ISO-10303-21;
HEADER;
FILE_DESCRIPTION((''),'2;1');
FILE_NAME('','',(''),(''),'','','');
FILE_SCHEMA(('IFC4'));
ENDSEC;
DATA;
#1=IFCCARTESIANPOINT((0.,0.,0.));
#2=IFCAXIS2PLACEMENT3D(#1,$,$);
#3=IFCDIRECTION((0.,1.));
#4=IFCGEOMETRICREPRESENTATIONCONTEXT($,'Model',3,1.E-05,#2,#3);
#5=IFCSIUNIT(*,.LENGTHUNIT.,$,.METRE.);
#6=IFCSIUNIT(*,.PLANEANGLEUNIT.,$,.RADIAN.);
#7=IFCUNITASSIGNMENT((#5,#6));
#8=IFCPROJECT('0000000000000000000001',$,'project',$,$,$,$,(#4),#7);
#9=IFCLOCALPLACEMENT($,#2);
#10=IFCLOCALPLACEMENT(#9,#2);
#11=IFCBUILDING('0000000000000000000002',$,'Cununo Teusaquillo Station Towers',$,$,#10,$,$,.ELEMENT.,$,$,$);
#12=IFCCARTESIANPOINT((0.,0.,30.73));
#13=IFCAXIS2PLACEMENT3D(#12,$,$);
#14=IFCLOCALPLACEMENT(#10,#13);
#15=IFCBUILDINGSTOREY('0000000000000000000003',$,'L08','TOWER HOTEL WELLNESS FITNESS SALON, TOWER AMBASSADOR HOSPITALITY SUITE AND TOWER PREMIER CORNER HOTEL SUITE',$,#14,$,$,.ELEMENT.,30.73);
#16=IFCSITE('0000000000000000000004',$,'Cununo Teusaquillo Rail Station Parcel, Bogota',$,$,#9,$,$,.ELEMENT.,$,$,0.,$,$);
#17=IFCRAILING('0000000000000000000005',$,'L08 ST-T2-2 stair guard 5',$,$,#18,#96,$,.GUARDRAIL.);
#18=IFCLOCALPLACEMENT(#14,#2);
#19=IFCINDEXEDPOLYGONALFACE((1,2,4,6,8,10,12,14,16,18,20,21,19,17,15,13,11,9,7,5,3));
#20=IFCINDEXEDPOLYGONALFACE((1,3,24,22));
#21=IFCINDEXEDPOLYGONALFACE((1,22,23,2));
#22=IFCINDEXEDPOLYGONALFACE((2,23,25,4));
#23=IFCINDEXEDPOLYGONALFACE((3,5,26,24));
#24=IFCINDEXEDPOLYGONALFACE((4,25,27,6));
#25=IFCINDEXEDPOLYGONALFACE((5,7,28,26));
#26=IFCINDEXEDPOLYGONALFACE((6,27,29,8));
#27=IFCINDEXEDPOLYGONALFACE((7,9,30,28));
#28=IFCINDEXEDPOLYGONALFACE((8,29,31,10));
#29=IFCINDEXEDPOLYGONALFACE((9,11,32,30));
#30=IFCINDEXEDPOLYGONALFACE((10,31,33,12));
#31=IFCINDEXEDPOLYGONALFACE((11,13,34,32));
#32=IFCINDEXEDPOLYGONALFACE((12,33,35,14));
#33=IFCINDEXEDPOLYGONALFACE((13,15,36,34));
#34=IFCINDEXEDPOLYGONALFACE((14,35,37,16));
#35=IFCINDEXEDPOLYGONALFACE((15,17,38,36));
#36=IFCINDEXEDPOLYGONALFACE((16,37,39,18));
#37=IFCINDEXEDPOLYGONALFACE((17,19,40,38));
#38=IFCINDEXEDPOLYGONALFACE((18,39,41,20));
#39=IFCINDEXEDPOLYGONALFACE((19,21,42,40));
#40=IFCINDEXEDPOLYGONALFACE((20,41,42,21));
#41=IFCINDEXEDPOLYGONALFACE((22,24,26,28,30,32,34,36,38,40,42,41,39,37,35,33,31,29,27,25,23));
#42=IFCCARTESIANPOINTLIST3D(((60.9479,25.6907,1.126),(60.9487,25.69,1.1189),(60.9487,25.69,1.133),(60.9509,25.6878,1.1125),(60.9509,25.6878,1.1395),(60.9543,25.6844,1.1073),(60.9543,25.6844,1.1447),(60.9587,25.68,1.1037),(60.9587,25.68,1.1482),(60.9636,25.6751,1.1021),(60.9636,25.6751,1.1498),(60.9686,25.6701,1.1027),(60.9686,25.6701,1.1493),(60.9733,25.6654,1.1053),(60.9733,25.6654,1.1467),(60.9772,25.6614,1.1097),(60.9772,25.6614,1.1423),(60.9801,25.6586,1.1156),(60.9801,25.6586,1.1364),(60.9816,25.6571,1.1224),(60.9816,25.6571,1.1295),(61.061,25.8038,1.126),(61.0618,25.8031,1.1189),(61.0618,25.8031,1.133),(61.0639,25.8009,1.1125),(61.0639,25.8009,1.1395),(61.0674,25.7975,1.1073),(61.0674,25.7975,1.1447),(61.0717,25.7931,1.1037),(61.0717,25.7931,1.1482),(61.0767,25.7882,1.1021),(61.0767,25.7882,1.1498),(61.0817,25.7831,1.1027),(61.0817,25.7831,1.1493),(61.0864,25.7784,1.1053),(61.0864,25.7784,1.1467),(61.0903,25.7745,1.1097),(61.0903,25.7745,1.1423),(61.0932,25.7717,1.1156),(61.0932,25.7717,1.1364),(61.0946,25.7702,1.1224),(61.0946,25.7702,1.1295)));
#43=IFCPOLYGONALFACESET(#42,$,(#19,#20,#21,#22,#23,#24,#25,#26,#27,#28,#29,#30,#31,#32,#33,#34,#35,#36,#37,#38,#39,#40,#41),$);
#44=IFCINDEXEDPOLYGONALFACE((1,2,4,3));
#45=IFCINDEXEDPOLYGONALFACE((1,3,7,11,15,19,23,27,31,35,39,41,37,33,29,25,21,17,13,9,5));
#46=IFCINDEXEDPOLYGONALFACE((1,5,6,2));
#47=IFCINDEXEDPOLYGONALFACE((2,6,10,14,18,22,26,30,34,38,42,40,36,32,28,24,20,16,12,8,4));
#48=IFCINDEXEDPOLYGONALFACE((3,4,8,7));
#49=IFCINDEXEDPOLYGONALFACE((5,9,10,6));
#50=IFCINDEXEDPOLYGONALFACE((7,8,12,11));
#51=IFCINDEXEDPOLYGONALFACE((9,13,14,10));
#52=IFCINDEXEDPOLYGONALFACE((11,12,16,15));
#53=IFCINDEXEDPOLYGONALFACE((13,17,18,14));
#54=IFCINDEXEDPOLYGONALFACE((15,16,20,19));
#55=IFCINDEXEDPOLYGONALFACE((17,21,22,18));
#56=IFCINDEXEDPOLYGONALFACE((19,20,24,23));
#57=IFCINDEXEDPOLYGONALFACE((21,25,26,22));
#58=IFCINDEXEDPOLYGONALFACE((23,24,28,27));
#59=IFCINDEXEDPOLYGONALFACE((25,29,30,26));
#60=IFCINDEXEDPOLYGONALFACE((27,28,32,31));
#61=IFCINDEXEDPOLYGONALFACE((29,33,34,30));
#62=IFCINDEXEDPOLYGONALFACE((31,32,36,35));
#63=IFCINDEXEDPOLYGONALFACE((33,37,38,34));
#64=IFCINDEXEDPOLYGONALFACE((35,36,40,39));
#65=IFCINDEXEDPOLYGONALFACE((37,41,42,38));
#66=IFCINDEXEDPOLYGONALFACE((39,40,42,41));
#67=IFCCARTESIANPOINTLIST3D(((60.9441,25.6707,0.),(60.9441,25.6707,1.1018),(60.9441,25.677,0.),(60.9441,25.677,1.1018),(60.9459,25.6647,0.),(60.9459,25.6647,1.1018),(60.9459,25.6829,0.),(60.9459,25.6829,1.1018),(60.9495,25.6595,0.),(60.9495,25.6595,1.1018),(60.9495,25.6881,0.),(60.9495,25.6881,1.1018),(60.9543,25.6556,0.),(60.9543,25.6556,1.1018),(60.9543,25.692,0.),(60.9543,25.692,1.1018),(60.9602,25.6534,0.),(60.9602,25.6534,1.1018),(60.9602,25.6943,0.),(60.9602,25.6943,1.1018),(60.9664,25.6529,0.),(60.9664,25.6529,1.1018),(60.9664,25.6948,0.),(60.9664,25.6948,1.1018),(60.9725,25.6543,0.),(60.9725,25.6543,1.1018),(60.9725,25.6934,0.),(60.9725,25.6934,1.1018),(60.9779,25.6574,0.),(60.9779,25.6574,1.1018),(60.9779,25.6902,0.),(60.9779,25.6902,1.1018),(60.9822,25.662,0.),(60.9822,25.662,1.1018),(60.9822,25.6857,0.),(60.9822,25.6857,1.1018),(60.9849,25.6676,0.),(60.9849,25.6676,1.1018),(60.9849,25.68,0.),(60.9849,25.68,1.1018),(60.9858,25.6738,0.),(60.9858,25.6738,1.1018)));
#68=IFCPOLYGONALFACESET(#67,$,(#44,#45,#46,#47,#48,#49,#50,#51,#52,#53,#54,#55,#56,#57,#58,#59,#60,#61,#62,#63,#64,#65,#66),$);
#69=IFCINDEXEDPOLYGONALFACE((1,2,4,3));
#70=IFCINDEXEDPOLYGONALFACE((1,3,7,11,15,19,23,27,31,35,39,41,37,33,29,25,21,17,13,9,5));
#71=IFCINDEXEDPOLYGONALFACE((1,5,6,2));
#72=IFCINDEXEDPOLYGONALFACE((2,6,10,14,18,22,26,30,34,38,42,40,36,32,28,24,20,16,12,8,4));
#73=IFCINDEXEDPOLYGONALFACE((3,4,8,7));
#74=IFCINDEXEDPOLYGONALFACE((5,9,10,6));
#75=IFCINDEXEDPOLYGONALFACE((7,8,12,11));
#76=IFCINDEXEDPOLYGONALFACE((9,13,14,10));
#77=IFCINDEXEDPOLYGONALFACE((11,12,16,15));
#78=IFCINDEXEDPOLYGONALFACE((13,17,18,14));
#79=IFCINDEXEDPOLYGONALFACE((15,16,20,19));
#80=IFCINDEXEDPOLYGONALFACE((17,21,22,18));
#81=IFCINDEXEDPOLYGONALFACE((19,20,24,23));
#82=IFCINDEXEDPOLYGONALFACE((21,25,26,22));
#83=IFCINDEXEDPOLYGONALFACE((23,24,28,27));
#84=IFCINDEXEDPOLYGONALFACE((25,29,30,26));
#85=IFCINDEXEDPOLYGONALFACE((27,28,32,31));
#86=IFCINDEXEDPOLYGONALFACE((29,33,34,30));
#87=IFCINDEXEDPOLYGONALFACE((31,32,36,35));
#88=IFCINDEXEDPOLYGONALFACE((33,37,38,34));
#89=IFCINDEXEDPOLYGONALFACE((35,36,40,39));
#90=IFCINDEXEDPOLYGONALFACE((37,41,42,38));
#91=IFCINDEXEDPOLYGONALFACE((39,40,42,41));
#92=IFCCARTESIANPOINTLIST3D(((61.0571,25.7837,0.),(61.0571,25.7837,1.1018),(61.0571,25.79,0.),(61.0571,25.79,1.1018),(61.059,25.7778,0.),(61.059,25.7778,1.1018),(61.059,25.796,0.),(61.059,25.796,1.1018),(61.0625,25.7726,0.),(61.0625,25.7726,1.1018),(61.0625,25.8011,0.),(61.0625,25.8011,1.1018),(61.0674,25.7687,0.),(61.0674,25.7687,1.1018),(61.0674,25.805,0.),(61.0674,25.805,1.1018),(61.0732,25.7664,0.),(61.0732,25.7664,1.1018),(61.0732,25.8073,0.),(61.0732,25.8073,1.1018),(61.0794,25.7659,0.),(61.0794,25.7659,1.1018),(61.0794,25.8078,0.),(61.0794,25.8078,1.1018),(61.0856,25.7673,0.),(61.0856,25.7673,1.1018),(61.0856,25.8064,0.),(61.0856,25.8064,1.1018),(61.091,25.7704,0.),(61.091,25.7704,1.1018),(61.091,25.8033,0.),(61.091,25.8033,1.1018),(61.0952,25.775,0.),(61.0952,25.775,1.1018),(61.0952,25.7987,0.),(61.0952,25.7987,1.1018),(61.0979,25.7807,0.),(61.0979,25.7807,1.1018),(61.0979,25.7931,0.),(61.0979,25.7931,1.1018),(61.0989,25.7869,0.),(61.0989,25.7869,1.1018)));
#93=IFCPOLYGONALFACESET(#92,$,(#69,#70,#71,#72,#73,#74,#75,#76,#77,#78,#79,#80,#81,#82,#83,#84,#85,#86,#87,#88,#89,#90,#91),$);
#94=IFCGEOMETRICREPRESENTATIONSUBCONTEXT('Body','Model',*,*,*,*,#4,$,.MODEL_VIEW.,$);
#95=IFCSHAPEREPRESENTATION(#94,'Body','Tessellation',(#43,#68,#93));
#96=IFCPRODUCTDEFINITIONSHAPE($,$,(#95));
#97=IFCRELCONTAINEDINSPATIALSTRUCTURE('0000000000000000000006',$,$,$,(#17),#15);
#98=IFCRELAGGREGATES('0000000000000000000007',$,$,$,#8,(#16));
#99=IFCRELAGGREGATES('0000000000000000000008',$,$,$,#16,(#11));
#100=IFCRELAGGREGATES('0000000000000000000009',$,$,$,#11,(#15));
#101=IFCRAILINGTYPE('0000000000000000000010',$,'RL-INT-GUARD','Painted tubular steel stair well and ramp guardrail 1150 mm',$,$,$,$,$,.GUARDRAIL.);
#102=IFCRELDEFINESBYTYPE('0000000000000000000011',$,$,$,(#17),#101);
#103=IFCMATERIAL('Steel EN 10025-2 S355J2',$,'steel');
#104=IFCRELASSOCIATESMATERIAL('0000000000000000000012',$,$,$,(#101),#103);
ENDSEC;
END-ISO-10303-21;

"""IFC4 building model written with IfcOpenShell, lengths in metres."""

from ifc_helpers import new_model, si_unit, direction, frame, origin, origin_2d, place, context, subcontext, project, spatial, circle, extrude, material, type_object, element, save


model = new_model("IFC4")

# Units and contexts
model_context = context("Model", 3, precision=1e-05, world=origin(), true_north=direction((0.0, 1.0)))
body_context = subcontext(model_context, "Body", "Model", "MODEL_VIEW")
ifc_project = project(units=[si_unit("LENGTHUNIT", "METRE"), si_unit("PLANEANGLEUNIT", "RADIAN")], contexts=[model_context])

# Site, building, storey
site_placement = place(None, origin())
site = spatial("IfcSite", under=ifc_project, at=site_placement, Name="Cununo Teusaquillo Rail Station Parcel, Bogota", CompositionType="ELEMENT", RefElevation=0.0)
building_placement = place(site_placement, origin())
building = spatial("IfcBuilding", under=site, at=building_placement, Name="Cununo Teusaquillo Station Towers", CompositionType="ELEMENT")
storey_placement = place(building_placement, frame((0.0, 0.0, 30.73)))
storey = spatial("IfcBuildingStorey", under=building, at=storey_placement, Name="L08", Description="TOWER HOTEL WELLNESS FITNESS SALON, TOWER AMBASSADOR HOSPITALITY SUITE AND TOWER PREMIER CORNER HOTEL SUITE", CompositionType="ELEMENT", Elevation=30.73)

# Railing
ifc_material_1 = material(Name="Steel EN 10025-2 S355J2", Category="steel")
railing_type_1 = type_object("IfcRailingType", Name="RL-INT-GUARD", Description="Painted tubular steel stair well and ramp guardrail 1150 mm", PredefinedType="GUARDRAIL", material=ifc_material_1)
railing_1_placement = place(storey_placement, frame((60.9648, 25.6738, 0.0)))
element("IfcRailing", 1, at=railing_1_placement, inside=storey, type_object=railing_type_1, Name="L08 ST-T2-2 stair guard 5", PredefinedType="GUARDRAIL", context=body_context, shape_type="SweptSolid", body=[
    extrude(circle(Radius=0.0239, at=origin_2d()), frame((0.0, 0.0, 1.126), z_axis=(0.707107, 0.707107, 0.0), x_axis=(-0.707107, 0.707107, 0.0)), (0.0, 0.0, 1.0), 0.1599),
    extrude(circle(Radius=0.021, at=origin_2d()), origin(), (0.0, 0.0, 1.0), 1.1018),
    extrude(circle(Radius=0.021, at=origin_2d()), frame((0.113, 0.113, 0.0)), (0.0, 0.0, 1.0), 1.1018),
])

save(model, "model.ifc")
